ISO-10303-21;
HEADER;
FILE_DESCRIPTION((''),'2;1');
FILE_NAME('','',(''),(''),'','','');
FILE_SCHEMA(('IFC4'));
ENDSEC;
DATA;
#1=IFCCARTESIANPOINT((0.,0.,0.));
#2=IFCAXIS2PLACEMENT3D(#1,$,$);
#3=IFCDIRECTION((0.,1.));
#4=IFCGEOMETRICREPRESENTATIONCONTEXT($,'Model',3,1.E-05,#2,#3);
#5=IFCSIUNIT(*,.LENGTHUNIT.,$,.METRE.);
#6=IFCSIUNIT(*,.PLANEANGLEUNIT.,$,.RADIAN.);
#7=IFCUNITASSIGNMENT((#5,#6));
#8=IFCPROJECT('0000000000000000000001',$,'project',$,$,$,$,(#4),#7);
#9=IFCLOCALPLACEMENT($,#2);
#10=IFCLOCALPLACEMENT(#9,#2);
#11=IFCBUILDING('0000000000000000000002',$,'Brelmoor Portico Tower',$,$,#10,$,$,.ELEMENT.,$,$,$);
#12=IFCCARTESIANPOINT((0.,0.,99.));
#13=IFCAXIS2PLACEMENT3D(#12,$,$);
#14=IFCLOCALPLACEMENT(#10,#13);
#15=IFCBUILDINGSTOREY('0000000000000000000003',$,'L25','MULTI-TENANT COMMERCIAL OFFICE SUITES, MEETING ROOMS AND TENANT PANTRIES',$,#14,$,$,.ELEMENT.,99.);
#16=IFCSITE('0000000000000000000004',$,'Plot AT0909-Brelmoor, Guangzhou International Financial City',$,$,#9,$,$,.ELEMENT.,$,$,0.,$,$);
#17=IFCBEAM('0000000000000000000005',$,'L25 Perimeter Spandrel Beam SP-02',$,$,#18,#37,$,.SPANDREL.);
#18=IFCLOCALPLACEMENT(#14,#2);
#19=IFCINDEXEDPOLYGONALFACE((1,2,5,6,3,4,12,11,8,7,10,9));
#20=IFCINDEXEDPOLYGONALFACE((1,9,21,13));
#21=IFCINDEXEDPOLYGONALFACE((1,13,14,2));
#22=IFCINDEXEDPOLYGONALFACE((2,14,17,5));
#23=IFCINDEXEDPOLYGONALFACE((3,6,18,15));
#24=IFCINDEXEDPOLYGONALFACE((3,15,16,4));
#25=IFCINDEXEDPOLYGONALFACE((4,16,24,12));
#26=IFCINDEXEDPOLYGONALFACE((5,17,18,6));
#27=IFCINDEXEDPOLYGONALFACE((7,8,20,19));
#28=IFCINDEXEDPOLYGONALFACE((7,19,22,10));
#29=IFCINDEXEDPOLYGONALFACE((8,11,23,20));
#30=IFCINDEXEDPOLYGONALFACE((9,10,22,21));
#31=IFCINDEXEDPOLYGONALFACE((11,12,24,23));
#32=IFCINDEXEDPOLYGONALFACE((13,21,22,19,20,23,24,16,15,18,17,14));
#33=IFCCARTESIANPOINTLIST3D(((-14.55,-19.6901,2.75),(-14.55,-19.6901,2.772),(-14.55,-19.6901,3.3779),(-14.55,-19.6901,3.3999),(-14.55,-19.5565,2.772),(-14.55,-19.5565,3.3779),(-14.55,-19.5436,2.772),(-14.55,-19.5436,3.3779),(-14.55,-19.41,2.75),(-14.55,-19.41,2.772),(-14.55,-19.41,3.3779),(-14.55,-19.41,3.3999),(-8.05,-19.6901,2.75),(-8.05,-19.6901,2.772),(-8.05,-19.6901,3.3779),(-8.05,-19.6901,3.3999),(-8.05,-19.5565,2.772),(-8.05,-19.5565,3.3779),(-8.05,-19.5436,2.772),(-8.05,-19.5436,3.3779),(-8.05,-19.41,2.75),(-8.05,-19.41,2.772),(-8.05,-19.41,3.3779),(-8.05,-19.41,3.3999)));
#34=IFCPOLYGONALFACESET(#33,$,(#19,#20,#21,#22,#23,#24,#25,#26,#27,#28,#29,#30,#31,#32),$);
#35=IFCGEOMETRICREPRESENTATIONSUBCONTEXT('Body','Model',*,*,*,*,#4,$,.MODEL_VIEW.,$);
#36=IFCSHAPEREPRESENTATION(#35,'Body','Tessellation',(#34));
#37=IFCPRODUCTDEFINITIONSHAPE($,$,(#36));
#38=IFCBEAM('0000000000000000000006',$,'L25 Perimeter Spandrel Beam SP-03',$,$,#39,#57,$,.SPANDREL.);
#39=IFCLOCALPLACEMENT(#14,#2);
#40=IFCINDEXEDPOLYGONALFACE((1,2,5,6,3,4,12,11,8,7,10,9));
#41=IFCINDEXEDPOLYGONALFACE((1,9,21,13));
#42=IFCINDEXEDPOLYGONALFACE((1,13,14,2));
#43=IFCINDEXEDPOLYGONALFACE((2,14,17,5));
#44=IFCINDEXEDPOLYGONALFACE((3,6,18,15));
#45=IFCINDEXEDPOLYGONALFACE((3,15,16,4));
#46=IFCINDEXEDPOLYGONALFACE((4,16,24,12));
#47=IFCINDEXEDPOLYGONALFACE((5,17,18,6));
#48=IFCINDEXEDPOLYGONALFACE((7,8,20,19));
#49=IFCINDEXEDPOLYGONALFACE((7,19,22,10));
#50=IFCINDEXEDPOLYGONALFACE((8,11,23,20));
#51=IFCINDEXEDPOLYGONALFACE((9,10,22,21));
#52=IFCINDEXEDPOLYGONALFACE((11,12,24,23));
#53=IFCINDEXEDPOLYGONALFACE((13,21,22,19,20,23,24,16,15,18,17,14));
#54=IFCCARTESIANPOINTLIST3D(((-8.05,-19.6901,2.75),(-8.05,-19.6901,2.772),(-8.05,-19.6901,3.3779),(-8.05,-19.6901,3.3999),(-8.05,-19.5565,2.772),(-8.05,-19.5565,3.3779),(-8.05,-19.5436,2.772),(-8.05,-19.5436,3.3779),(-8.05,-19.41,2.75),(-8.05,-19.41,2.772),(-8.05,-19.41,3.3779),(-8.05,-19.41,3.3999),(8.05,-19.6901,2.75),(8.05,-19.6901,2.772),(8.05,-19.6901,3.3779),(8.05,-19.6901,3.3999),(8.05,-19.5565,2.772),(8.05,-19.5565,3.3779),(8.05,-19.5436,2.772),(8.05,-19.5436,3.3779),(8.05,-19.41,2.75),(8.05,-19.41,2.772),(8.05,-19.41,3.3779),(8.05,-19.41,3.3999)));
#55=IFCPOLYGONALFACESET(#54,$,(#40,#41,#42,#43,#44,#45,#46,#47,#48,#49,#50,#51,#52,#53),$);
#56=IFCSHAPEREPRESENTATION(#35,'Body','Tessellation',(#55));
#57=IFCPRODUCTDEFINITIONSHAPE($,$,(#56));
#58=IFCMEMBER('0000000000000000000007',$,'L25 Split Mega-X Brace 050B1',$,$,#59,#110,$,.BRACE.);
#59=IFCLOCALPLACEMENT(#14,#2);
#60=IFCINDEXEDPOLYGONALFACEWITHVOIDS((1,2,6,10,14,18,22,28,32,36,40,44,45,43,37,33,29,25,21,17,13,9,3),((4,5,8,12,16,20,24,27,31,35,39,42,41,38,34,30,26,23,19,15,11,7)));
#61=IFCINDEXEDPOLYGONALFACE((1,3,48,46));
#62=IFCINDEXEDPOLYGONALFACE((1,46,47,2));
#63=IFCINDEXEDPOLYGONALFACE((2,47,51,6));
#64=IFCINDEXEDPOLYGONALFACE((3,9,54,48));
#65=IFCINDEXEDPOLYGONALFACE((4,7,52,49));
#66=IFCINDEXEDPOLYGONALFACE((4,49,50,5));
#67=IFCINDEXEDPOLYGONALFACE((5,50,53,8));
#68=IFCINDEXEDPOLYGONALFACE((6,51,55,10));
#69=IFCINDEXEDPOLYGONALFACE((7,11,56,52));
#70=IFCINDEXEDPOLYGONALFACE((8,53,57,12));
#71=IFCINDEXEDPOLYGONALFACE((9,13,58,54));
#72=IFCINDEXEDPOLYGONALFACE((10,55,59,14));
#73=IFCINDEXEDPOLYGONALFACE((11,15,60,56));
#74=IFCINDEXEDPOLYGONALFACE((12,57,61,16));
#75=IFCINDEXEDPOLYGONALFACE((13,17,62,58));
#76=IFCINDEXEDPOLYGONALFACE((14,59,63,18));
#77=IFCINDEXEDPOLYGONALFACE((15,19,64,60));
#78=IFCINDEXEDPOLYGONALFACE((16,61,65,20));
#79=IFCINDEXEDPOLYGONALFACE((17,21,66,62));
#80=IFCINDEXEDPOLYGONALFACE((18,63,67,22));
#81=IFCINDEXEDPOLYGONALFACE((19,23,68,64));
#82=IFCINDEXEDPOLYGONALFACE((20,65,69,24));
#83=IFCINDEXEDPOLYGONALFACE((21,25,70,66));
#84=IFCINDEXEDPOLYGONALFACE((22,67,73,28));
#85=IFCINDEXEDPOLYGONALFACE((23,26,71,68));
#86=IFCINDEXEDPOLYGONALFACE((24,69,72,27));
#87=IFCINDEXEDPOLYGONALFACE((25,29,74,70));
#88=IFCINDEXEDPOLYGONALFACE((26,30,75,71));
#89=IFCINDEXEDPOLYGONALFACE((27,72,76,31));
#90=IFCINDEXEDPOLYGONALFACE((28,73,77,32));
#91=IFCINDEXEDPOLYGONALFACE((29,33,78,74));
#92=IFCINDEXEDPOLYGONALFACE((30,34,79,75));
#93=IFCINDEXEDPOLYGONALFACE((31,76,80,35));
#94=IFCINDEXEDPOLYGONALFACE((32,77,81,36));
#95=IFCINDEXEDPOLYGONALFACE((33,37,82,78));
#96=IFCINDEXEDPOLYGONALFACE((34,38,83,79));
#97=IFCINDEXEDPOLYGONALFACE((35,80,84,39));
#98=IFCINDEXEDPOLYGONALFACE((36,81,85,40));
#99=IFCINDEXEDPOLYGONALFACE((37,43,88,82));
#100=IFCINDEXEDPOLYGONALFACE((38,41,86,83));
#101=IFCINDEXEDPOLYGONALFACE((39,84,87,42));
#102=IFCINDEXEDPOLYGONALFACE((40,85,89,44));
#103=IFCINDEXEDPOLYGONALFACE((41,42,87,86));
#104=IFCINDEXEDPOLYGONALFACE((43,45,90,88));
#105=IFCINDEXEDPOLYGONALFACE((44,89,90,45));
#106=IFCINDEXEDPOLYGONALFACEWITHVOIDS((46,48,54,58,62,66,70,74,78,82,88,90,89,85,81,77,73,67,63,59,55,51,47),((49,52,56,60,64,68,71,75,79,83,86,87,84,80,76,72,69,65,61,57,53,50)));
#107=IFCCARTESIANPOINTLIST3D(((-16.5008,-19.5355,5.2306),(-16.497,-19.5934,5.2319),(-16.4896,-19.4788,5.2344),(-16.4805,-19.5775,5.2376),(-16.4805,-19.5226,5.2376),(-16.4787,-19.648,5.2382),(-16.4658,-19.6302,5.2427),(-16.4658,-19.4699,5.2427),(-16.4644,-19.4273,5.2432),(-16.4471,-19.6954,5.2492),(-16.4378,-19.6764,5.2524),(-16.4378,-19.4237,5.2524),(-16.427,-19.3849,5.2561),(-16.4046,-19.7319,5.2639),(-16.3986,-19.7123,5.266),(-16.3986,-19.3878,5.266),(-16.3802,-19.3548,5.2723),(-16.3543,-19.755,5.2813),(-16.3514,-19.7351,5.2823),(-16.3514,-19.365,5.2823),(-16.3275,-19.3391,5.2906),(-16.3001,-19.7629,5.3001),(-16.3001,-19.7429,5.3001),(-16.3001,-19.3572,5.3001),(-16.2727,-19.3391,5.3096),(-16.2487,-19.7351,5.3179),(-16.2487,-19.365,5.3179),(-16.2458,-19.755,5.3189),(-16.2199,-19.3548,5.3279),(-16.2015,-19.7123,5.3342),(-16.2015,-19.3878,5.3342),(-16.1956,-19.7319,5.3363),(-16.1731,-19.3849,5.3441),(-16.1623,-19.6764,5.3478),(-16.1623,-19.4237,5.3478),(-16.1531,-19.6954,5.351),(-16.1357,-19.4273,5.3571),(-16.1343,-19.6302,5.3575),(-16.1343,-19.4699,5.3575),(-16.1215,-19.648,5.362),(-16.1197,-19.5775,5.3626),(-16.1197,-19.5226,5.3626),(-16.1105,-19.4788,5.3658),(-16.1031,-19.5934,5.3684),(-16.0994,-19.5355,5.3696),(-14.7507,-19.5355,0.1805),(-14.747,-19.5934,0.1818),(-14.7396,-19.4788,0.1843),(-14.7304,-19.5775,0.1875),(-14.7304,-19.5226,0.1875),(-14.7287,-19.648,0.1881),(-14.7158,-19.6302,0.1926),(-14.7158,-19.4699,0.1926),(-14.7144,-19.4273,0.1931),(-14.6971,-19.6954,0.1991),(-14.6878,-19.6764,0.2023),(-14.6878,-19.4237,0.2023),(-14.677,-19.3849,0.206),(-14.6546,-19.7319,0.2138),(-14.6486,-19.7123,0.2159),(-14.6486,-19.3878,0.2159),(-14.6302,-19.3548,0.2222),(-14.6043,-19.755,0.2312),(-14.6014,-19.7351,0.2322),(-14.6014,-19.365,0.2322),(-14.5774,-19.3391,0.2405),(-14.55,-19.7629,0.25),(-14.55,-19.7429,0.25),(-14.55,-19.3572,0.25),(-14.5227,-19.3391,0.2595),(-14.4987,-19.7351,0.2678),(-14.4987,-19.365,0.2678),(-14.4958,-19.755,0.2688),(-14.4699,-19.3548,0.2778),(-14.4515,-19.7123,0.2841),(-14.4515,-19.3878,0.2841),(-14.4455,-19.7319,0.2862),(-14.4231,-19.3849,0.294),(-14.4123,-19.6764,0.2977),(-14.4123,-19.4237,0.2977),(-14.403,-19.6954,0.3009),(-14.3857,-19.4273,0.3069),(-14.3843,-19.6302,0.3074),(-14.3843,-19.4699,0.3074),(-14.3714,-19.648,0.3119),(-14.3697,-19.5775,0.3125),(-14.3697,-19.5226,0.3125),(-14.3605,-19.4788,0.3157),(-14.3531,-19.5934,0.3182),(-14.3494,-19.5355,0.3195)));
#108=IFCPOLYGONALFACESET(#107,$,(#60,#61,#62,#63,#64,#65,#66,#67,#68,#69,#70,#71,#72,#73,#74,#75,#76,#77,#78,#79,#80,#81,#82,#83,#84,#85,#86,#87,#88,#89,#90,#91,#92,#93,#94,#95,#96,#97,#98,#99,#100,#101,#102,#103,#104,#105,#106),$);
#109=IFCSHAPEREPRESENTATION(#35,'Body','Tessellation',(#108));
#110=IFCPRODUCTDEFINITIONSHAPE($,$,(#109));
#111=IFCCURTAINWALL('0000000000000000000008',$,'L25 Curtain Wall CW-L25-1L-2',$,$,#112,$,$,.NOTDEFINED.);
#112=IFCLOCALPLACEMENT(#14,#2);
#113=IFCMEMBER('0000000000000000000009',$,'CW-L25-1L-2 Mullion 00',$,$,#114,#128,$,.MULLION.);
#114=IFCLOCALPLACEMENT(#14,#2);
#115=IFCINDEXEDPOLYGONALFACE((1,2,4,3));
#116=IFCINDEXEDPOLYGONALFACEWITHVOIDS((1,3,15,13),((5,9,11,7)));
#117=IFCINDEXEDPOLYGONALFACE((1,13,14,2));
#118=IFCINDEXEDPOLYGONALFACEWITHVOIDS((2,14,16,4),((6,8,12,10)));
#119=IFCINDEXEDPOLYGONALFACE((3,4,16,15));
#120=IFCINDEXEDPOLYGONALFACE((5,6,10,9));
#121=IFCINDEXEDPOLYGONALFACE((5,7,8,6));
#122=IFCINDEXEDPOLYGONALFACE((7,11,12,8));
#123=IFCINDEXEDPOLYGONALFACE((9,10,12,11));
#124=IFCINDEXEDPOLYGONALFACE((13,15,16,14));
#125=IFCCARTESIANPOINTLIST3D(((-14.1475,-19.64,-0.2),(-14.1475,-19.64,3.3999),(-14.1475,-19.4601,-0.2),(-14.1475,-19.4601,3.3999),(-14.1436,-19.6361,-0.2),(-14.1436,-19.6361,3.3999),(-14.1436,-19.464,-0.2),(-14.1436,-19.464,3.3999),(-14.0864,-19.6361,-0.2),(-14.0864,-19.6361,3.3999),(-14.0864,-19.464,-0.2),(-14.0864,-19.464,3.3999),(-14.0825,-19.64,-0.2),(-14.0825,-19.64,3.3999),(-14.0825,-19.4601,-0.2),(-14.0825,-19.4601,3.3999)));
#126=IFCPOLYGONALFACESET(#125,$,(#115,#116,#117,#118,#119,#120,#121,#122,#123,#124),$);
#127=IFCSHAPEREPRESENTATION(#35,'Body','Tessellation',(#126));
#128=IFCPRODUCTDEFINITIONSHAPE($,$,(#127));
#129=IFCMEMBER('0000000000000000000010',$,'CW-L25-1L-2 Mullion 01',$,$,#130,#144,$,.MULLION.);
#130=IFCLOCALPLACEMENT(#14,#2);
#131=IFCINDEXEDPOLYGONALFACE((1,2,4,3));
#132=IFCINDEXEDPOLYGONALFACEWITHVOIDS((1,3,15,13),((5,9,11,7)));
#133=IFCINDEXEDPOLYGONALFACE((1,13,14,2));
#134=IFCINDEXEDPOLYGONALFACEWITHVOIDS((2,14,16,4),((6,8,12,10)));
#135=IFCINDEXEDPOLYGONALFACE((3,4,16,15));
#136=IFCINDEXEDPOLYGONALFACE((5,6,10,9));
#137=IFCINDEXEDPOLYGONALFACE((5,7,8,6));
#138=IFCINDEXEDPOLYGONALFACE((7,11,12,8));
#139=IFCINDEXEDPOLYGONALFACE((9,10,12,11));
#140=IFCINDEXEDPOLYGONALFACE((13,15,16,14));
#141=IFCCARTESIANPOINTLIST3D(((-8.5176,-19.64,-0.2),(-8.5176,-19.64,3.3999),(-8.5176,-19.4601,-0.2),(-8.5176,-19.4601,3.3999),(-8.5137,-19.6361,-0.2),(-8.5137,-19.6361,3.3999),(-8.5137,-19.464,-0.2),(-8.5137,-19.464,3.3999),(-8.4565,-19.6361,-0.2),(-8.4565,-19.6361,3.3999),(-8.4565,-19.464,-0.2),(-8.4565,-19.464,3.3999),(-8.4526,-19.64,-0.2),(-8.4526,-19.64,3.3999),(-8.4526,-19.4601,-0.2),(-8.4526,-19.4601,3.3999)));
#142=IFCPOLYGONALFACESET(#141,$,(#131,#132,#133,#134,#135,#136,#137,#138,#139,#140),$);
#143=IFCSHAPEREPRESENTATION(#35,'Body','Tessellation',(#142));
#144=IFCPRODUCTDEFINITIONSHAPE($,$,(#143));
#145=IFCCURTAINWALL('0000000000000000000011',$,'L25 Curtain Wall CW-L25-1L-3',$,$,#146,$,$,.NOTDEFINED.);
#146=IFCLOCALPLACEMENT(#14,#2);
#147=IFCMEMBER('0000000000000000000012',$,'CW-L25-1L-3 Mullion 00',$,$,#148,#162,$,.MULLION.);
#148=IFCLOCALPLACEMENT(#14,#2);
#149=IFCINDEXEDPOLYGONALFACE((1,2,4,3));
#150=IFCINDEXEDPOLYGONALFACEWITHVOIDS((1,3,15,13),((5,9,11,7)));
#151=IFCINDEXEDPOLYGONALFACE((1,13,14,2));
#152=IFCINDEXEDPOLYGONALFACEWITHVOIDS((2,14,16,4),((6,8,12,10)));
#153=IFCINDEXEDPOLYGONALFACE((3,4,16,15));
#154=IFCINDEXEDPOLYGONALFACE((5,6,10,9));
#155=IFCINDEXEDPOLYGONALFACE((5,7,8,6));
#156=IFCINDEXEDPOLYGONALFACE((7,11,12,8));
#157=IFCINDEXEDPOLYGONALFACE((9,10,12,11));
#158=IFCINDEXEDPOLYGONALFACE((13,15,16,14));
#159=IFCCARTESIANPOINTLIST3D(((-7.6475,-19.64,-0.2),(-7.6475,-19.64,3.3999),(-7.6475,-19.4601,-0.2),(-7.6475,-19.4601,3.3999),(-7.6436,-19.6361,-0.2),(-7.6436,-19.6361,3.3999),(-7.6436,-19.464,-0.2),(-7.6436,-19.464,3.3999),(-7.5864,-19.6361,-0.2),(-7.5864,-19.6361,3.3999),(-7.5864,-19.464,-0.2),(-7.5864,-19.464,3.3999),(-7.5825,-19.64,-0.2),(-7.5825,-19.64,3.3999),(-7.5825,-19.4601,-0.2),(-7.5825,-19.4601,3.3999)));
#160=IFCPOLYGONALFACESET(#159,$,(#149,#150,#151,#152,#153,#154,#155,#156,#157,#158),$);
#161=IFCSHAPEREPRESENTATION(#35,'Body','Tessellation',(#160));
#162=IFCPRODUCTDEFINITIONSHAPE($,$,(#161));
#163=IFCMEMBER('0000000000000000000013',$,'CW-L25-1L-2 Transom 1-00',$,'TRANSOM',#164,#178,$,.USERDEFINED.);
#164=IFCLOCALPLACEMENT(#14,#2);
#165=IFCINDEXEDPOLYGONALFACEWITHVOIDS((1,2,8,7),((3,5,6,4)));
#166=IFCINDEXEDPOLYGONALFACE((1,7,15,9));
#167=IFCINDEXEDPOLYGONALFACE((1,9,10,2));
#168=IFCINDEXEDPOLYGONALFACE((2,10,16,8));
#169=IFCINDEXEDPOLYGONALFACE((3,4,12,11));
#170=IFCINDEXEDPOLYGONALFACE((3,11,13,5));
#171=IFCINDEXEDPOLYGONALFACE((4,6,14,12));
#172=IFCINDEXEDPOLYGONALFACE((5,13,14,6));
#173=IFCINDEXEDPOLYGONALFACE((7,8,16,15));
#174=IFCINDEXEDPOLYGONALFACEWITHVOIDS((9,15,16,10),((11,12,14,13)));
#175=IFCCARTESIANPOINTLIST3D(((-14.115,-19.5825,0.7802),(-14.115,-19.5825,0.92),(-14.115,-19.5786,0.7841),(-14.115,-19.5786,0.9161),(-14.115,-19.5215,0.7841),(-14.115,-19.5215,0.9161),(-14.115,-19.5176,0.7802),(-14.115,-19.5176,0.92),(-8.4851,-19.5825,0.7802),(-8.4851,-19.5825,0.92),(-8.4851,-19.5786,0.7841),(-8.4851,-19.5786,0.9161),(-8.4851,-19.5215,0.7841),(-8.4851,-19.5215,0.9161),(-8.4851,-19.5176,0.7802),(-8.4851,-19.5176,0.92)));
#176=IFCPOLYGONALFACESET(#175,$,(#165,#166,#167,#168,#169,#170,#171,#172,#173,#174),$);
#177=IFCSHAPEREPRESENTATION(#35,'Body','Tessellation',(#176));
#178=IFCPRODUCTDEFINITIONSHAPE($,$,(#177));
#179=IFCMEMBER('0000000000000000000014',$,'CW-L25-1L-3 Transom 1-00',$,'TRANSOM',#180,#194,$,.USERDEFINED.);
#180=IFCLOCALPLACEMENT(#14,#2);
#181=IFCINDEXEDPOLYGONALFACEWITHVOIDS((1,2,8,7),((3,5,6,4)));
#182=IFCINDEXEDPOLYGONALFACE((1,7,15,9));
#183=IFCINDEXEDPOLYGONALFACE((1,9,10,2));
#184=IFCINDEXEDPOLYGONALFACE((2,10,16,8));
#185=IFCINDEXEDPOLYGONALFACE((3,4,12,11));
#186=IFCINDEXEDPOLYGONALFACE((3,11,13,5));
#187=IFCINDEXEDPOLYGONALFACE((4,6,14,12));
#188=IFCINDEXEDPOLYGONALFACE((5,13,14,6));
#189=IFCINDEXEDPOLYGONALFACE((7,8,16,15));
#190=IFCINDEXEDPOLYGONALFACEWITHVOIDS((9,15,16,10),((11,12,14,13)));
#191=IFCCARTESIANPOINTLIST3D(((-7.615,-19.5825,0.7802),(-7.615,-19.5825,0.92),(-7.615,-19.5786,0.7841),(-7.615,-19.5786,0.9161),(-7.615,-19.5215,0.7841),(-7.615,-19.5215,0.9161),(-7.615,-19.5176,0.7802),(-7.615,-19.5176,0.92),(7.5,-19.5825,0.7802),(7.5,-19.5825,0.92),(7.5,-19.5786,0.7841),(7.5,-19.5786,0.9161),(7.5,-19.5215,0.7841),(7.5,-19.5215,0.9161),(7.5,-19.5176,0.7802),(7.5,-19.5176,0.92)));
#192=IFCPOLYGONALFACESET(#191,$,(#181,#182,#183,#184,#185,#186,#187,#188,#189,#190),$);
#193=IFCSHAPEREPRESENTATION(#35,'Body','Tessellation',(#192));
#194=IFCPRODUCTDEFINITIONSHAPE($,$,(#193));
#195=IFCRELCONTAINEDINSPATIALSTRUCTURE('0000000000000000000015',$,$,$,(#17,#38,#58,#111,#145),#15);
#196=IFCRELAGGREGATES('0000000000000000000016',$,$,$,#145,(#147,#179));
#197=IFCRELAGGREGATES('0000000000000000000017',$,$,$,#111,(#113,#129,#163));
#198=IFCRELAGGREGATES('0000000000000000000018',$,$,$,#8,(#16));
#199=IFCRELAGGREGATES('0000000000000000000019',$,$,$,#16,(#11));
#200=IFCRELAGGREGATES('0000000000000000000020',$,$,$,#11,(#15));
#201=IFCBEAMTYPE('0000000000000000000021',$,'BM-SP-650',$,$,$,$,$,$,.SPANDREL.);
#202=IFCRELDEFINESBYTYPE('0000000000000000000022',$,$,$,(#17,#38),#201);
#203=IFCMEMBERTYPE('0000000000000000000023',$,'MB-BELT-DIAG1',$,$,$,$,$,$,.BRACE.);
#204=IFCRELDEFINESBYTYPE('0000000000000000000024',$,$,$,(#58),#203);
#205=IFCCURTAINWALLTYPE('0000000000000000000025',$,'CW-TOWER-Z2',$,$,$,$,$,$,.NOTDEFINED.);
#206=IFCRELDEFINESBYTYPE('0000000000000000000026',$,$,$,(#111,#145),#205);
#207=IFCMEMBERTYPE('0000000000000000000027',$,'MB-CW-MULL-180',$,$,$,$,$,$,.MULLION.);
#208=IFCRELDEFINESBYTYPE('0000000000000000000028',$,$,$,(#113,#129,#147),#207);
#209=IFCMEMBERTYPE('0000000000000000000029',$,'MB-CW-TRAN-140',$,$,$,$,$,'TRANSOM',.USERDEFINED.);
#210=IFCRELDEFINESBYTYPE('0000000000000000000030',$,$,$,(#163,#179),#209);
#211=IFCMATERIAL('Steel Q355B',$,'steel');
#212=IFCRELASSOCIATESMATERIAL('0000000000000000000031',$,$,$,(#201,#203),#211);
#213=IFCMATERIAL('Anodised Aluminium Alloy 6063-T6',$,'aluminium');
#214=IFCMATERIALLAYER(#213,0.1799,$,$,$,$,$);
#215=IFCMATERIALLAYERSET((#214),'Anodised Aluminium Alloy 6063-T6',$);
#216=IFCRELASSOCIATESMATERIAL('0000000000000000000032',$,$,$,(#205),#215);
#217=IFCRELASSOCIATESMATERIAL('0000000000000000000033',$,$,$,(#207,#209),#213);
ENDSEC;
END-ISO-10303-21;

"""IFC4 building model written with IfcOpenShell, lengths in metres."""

from ifc_helpers import new_model, si_unit, direction, frame, origin, origin_2d, place, context, subcontext, project, spatial, hollow_rectangle, hollow_circle, i_section, extrude, material, layer, layer_set, material_profile, profile_set, type_object, element, aggregate, save


model = new_model("IFC4")

# Units and contexts
model_context = context("Model", 3, precision=1e-05, world=origin(), true_north=direction((0.0, 1.0)))
body_context = subcontext(model_context, "Body", "Model", "MODEL_VIEW")
ifc_project = project(units=[si_unit("LENGTHUNIT", "METRE"), si_unit("PLANEANGLEUNIT", "RADIAN")], contexts=[model_context])

# Site, building, storey
site_placement = place(None, origin())
site = spatial("IfcSite", under=ifc_project, at=site_placement, Name="Plot AT0909-Brelmoor, Guangzhou International Financial City", CompositionType="ELEMENT", RefElevation=0.0)
building_placement = place(site_placement, origin())
building = spatial("IfcBuilding", under=site, at=building_placement, Name="Brelmoor Portico Tower", CompositionType="ELEMENT")
storey_placement = place(building_placement, frame((0.0, 0.0, 99.0)))
storey = spatial("IfcBuildingStorey", under=building, at=storey_placement, Name="L25", Description="MULTI-TENANT COMMERCIAL OFFICE SUITES, MEETING ROOMS AND TENANT PANTRIES", CompositionType="ELEMENT", Elevation=99.0)

# Shared definitions
ifc_material_1 = material(Name="Steel Q355B", Category="steel")

# Beams
ifc_material_profile_1 = material_profile(ifc_material_1, i_section(OverallWidth=0.28, OverallDepth=0.6499, WebThickness=0.0129, FlangeThickness=0.022, at=origin_2d()), Name="HN 650x280x13x22")
ifc_profile_set_1 = profile_set([ifc_material_profile_1], Name="Steel Q355B")
beam_type_1 = type_object("IfcBeamType", Name="BM-SP-650", PredefinedType="SPANDREL", material=ifc_profile_set_1)
beam_1_placement = place(storey_placement, frame((-14.55, -19.55, 3.075), z_axis=(1.0, 0.0, 0.0), x_axis=(0.0, 1.0, 0.0)))
element("IfcBeam", 1, at=beam_1_placement, inside=storey, type_object=beam_type_1, Name="L25 Perimeter Spandrel Beam SP-02", PredefinedType="SPANDREL", context=body_context, shape_type="SweptSolid", body=[
    extrude(i_section(OverallWidth=0.28, OverallDepth=0.6499, WebThickness=0.0129, FlangeThickness=0.022, at=origin_2d()), origin(), (0.0, 0.0, 1.0), 6.5),
])
beam_2_placement = place(storey_placement, frame((-8.05, -19.55, 3.075), z_axis=(1.0, 0.0, 0.0), x_axis=(0.0, 1.0, 0.0)))
element("IfcBeam", 2, at=beam_2_placement, inside=storey, type_object=beam_type_1, Name="L25 Perimeter Spandrel Beam SP-03", PredefinedType="SPANDREL", context=body_context, shape_type="SweptSolid", body=[
    extrude(i_section(OverallWidth=0.28, OverallDepth=0.6499, WebThickness=0.0129, FlangeThickness=0.022, at=origin_2d()), origin(), (0.0, 0.0, 1.0), 16.1001),
])

# Member
ifc_material_profile_2 = material_profile(ifc_material_1, hollow_circle(Radius=0.2129, WallThickness=0.02, at=origin_2d()), Name="CHS 426x20")
ifc_profile_set_2 = profile_set([ifc_material_profile_2], Name="Steel Q355B")
member_type_1 = type_object("IfcMemberType", Name="MB-BELT-DIAG1", PredefinedType="BRACE", material=ifc_profile_set_2)
member_1_placement = place(storey_placement, frame((-14.55, -19.55, 0.25), z_axis=(-0.327429, 0.0, 0.944876), x_axis=(0.0, -1.0, 0.0)))
element("IfcMember", 3, at=member_1_placement, inside=storey, type_object=member_type_1, Name="L25 Split Mega-X Brace 050B1", PredefinedType="BRACE", context=body_context, shape_type="SweptSolid", body=[
    extrude(hollow_circle(Radius=0.2129, WallThickness=0.02, at=origin_2d()), origin(), (0.0, 0.0, 1.0), 5.3447),
])

# Curtain wall, members
ifc_material_2 = material(Name="Anodised Aluminium Alloy 6063-T6", Category="aluminium")
ifc_layer_1 = layer(ifc_material_2, 0.1799)
ifc_layer_set_1 = layer_set([ifc_layer_1], Name="Anodised Aluminium Alloy 6063-T6")
curtain_wall_type = type_object("IfcCurtainWallType", Name="CW-TOWER-Z2", PredefinedType="NOTDEFINED", material=ifc_layer_set_1)
curtain_wall_1_placement = place(storey_placement, origin())
curtain_wall_1 = element("IfcCurtainWall", 4, at=curtain_wall_1_placement, inside=storey, type_object=curtain_wall_type, Name="L25 Curtain Wall CW-L25-1L-2", PredefinedType="NOTDEFINED")
ifc_material_profile_3 = material_profile(ifc_material_2, hollow_rectangle(XDim=0.0649, YDim=0.1799, WallThickness=0.0039, at=origin_2d()), Name="ALU MULLION 65x180")
ifc_profile_set_3 = profile_set([ifc_material_profile_3], Name="Anodised Aluminium Alloy 6063-T6")
member_type_2 = type_object("IfcMemberType", Name="MB-CW-MULL-180", PredefinedType="MULLION", material=ifc_profile_set_3)
member_2_placement = place(storey_placement, frame((-14.115, -19.55, -0.2), z_axis=(0.0, 0.0, 1.0), x_axis=(1.0, 0.0, 0.0)))
member_2 = element("IfcMember", 5, at=member_2_placement, type_object=member_type_2, Name="CW-L25-1L-2 Mullion 00", PredefinedType="MULLION", context=body_context, shape_type="SweptSolid", body=[
    extrude(hollow_rectangle(XDim=0.0649, YDim=0.1799, WallThickness=0.0039, at=origin_2d()), origin(), (0.0, 0.0, 1.0), 3.5999),
])
member_3_placement = place(storey_placement, frame((-8.4851, -19.55, -0.2), z_axis=(0.0, 0.0, 1.0), x_axis=(1.0, 0.0, 0.0)))
member_3 = element("IfcMember", 6, at=member_3_placement, type_object=member_type_2, Name="CW-L25-1L-2 Mullion 01", PredefinedType="MULLION", context=body_context, shape_type="SweptSolid", body=[
    extrude(hollow_rectangle(XDim=0.0649, YDim=0.1799, WallThickness=0.0039, at=origin_2d()), origin(), (0.0, 0.0, 1.0), 3.5999),
])

# Curtain wall, member
curtain_wall_2_placement = place(storey_placement, origin())
curtain_wall_2 = element("IfcCurtainWall", 7, at=curtain_wall_2_placement, inside=storey, type_object=curtain_wall_type, Name="L25 Curtain Wall CW-L25-1L-3", PredefinedType="NOTDEFINED")
member_4_placement = place(storey_placement, frame((-7.615, -19.55, -0.2), z_axis=(0.0, 0.0, 1.0), x_axis=(1.0, 0.0, 0.0)))
member_4 = element("IfcMember", 8, at=member_4_placement, type_object=member_type_2, Name="CW-L25-1L-3 Mullion 00", PredefinedType="MULLION", context=body_context, shape_type="SweptSolid", body=[
    extrude(hollow_rectangle(XDim=0.0649, YDim=0.1799, WallThickness=0.0039, at=origin_2d()), origin(), (0.0, 0.0, 1.0), 3.5999),
])

# Members
ifc_material_profile_4 = material_profile(ifc_material_2, hollow_rectangle(XDim=0.0649, YDim=0.1399, WallThickness=0.0039, at=origin_2d()), Name="ALU TRANSOM 65x140")
ifc_profile_set_4 = profile_set([ifc_material_profile_4], Name="Anodised Aluminium Alloy 6063-T6")
member_type_3 = type_object("IfcMemberType", Name="MB-CW-TRAN-140", ElementType="TRANSOM", PredefinedType="USERDEFINED", material=ifc_profile_set_4)
member_5_placement = place(storey_placement, frame((-14.115, -19.55, 0.8501), z_axis=(1.0, 0.0, 0.0), x_axis=(0.0, 1.0, 0.0)))
member_5 = element("IfcMember", 9, at=member_5_placement, type_object=member_type_3, Name="CW-L25-1L-2 Transom 1-00", ObjectType="TRANSOM", PredefinedType="USERDEFINED", context=body_context, shape_type="SweptSolid", body=[
    extrude(hollow_rectangle(XDim=0.0649, YDim=0.1399, WallThickness=0.0039, at=origin_2d()), origin(), (0.0, 0.0, 1.0), 5.6299),
])
member_6_placement = place(storey_placement, frame((-7.615, -19.55, 0.8501), z_axis=(1.0, 0.0, 0.0), x_axis=(0.0, 1.0, 0.0)))
member_6 = element("IfcMember", 10, at=member_6_placement, type_object=member_type_3, Name="CW-L25-1L-3 Transom 1-00", ObjectType="TRANSOM", PredefinedType="USERDEFINED", context=body_context, shape_type="SweptSolid", body=[
    extrude(hollow_rectangle(XDim=0.0649, YDim=0.1399, WallThickness=0.0039, at=origin_2d()), origin(), (0.0, 0.0, 1.0), 15.115),
])
aggregate(curtain_wall_2, [member_4, member_6])

aggregate(curtain_wall_1, [member_2, member_3, member_5])

save(model, "model.ifc")
